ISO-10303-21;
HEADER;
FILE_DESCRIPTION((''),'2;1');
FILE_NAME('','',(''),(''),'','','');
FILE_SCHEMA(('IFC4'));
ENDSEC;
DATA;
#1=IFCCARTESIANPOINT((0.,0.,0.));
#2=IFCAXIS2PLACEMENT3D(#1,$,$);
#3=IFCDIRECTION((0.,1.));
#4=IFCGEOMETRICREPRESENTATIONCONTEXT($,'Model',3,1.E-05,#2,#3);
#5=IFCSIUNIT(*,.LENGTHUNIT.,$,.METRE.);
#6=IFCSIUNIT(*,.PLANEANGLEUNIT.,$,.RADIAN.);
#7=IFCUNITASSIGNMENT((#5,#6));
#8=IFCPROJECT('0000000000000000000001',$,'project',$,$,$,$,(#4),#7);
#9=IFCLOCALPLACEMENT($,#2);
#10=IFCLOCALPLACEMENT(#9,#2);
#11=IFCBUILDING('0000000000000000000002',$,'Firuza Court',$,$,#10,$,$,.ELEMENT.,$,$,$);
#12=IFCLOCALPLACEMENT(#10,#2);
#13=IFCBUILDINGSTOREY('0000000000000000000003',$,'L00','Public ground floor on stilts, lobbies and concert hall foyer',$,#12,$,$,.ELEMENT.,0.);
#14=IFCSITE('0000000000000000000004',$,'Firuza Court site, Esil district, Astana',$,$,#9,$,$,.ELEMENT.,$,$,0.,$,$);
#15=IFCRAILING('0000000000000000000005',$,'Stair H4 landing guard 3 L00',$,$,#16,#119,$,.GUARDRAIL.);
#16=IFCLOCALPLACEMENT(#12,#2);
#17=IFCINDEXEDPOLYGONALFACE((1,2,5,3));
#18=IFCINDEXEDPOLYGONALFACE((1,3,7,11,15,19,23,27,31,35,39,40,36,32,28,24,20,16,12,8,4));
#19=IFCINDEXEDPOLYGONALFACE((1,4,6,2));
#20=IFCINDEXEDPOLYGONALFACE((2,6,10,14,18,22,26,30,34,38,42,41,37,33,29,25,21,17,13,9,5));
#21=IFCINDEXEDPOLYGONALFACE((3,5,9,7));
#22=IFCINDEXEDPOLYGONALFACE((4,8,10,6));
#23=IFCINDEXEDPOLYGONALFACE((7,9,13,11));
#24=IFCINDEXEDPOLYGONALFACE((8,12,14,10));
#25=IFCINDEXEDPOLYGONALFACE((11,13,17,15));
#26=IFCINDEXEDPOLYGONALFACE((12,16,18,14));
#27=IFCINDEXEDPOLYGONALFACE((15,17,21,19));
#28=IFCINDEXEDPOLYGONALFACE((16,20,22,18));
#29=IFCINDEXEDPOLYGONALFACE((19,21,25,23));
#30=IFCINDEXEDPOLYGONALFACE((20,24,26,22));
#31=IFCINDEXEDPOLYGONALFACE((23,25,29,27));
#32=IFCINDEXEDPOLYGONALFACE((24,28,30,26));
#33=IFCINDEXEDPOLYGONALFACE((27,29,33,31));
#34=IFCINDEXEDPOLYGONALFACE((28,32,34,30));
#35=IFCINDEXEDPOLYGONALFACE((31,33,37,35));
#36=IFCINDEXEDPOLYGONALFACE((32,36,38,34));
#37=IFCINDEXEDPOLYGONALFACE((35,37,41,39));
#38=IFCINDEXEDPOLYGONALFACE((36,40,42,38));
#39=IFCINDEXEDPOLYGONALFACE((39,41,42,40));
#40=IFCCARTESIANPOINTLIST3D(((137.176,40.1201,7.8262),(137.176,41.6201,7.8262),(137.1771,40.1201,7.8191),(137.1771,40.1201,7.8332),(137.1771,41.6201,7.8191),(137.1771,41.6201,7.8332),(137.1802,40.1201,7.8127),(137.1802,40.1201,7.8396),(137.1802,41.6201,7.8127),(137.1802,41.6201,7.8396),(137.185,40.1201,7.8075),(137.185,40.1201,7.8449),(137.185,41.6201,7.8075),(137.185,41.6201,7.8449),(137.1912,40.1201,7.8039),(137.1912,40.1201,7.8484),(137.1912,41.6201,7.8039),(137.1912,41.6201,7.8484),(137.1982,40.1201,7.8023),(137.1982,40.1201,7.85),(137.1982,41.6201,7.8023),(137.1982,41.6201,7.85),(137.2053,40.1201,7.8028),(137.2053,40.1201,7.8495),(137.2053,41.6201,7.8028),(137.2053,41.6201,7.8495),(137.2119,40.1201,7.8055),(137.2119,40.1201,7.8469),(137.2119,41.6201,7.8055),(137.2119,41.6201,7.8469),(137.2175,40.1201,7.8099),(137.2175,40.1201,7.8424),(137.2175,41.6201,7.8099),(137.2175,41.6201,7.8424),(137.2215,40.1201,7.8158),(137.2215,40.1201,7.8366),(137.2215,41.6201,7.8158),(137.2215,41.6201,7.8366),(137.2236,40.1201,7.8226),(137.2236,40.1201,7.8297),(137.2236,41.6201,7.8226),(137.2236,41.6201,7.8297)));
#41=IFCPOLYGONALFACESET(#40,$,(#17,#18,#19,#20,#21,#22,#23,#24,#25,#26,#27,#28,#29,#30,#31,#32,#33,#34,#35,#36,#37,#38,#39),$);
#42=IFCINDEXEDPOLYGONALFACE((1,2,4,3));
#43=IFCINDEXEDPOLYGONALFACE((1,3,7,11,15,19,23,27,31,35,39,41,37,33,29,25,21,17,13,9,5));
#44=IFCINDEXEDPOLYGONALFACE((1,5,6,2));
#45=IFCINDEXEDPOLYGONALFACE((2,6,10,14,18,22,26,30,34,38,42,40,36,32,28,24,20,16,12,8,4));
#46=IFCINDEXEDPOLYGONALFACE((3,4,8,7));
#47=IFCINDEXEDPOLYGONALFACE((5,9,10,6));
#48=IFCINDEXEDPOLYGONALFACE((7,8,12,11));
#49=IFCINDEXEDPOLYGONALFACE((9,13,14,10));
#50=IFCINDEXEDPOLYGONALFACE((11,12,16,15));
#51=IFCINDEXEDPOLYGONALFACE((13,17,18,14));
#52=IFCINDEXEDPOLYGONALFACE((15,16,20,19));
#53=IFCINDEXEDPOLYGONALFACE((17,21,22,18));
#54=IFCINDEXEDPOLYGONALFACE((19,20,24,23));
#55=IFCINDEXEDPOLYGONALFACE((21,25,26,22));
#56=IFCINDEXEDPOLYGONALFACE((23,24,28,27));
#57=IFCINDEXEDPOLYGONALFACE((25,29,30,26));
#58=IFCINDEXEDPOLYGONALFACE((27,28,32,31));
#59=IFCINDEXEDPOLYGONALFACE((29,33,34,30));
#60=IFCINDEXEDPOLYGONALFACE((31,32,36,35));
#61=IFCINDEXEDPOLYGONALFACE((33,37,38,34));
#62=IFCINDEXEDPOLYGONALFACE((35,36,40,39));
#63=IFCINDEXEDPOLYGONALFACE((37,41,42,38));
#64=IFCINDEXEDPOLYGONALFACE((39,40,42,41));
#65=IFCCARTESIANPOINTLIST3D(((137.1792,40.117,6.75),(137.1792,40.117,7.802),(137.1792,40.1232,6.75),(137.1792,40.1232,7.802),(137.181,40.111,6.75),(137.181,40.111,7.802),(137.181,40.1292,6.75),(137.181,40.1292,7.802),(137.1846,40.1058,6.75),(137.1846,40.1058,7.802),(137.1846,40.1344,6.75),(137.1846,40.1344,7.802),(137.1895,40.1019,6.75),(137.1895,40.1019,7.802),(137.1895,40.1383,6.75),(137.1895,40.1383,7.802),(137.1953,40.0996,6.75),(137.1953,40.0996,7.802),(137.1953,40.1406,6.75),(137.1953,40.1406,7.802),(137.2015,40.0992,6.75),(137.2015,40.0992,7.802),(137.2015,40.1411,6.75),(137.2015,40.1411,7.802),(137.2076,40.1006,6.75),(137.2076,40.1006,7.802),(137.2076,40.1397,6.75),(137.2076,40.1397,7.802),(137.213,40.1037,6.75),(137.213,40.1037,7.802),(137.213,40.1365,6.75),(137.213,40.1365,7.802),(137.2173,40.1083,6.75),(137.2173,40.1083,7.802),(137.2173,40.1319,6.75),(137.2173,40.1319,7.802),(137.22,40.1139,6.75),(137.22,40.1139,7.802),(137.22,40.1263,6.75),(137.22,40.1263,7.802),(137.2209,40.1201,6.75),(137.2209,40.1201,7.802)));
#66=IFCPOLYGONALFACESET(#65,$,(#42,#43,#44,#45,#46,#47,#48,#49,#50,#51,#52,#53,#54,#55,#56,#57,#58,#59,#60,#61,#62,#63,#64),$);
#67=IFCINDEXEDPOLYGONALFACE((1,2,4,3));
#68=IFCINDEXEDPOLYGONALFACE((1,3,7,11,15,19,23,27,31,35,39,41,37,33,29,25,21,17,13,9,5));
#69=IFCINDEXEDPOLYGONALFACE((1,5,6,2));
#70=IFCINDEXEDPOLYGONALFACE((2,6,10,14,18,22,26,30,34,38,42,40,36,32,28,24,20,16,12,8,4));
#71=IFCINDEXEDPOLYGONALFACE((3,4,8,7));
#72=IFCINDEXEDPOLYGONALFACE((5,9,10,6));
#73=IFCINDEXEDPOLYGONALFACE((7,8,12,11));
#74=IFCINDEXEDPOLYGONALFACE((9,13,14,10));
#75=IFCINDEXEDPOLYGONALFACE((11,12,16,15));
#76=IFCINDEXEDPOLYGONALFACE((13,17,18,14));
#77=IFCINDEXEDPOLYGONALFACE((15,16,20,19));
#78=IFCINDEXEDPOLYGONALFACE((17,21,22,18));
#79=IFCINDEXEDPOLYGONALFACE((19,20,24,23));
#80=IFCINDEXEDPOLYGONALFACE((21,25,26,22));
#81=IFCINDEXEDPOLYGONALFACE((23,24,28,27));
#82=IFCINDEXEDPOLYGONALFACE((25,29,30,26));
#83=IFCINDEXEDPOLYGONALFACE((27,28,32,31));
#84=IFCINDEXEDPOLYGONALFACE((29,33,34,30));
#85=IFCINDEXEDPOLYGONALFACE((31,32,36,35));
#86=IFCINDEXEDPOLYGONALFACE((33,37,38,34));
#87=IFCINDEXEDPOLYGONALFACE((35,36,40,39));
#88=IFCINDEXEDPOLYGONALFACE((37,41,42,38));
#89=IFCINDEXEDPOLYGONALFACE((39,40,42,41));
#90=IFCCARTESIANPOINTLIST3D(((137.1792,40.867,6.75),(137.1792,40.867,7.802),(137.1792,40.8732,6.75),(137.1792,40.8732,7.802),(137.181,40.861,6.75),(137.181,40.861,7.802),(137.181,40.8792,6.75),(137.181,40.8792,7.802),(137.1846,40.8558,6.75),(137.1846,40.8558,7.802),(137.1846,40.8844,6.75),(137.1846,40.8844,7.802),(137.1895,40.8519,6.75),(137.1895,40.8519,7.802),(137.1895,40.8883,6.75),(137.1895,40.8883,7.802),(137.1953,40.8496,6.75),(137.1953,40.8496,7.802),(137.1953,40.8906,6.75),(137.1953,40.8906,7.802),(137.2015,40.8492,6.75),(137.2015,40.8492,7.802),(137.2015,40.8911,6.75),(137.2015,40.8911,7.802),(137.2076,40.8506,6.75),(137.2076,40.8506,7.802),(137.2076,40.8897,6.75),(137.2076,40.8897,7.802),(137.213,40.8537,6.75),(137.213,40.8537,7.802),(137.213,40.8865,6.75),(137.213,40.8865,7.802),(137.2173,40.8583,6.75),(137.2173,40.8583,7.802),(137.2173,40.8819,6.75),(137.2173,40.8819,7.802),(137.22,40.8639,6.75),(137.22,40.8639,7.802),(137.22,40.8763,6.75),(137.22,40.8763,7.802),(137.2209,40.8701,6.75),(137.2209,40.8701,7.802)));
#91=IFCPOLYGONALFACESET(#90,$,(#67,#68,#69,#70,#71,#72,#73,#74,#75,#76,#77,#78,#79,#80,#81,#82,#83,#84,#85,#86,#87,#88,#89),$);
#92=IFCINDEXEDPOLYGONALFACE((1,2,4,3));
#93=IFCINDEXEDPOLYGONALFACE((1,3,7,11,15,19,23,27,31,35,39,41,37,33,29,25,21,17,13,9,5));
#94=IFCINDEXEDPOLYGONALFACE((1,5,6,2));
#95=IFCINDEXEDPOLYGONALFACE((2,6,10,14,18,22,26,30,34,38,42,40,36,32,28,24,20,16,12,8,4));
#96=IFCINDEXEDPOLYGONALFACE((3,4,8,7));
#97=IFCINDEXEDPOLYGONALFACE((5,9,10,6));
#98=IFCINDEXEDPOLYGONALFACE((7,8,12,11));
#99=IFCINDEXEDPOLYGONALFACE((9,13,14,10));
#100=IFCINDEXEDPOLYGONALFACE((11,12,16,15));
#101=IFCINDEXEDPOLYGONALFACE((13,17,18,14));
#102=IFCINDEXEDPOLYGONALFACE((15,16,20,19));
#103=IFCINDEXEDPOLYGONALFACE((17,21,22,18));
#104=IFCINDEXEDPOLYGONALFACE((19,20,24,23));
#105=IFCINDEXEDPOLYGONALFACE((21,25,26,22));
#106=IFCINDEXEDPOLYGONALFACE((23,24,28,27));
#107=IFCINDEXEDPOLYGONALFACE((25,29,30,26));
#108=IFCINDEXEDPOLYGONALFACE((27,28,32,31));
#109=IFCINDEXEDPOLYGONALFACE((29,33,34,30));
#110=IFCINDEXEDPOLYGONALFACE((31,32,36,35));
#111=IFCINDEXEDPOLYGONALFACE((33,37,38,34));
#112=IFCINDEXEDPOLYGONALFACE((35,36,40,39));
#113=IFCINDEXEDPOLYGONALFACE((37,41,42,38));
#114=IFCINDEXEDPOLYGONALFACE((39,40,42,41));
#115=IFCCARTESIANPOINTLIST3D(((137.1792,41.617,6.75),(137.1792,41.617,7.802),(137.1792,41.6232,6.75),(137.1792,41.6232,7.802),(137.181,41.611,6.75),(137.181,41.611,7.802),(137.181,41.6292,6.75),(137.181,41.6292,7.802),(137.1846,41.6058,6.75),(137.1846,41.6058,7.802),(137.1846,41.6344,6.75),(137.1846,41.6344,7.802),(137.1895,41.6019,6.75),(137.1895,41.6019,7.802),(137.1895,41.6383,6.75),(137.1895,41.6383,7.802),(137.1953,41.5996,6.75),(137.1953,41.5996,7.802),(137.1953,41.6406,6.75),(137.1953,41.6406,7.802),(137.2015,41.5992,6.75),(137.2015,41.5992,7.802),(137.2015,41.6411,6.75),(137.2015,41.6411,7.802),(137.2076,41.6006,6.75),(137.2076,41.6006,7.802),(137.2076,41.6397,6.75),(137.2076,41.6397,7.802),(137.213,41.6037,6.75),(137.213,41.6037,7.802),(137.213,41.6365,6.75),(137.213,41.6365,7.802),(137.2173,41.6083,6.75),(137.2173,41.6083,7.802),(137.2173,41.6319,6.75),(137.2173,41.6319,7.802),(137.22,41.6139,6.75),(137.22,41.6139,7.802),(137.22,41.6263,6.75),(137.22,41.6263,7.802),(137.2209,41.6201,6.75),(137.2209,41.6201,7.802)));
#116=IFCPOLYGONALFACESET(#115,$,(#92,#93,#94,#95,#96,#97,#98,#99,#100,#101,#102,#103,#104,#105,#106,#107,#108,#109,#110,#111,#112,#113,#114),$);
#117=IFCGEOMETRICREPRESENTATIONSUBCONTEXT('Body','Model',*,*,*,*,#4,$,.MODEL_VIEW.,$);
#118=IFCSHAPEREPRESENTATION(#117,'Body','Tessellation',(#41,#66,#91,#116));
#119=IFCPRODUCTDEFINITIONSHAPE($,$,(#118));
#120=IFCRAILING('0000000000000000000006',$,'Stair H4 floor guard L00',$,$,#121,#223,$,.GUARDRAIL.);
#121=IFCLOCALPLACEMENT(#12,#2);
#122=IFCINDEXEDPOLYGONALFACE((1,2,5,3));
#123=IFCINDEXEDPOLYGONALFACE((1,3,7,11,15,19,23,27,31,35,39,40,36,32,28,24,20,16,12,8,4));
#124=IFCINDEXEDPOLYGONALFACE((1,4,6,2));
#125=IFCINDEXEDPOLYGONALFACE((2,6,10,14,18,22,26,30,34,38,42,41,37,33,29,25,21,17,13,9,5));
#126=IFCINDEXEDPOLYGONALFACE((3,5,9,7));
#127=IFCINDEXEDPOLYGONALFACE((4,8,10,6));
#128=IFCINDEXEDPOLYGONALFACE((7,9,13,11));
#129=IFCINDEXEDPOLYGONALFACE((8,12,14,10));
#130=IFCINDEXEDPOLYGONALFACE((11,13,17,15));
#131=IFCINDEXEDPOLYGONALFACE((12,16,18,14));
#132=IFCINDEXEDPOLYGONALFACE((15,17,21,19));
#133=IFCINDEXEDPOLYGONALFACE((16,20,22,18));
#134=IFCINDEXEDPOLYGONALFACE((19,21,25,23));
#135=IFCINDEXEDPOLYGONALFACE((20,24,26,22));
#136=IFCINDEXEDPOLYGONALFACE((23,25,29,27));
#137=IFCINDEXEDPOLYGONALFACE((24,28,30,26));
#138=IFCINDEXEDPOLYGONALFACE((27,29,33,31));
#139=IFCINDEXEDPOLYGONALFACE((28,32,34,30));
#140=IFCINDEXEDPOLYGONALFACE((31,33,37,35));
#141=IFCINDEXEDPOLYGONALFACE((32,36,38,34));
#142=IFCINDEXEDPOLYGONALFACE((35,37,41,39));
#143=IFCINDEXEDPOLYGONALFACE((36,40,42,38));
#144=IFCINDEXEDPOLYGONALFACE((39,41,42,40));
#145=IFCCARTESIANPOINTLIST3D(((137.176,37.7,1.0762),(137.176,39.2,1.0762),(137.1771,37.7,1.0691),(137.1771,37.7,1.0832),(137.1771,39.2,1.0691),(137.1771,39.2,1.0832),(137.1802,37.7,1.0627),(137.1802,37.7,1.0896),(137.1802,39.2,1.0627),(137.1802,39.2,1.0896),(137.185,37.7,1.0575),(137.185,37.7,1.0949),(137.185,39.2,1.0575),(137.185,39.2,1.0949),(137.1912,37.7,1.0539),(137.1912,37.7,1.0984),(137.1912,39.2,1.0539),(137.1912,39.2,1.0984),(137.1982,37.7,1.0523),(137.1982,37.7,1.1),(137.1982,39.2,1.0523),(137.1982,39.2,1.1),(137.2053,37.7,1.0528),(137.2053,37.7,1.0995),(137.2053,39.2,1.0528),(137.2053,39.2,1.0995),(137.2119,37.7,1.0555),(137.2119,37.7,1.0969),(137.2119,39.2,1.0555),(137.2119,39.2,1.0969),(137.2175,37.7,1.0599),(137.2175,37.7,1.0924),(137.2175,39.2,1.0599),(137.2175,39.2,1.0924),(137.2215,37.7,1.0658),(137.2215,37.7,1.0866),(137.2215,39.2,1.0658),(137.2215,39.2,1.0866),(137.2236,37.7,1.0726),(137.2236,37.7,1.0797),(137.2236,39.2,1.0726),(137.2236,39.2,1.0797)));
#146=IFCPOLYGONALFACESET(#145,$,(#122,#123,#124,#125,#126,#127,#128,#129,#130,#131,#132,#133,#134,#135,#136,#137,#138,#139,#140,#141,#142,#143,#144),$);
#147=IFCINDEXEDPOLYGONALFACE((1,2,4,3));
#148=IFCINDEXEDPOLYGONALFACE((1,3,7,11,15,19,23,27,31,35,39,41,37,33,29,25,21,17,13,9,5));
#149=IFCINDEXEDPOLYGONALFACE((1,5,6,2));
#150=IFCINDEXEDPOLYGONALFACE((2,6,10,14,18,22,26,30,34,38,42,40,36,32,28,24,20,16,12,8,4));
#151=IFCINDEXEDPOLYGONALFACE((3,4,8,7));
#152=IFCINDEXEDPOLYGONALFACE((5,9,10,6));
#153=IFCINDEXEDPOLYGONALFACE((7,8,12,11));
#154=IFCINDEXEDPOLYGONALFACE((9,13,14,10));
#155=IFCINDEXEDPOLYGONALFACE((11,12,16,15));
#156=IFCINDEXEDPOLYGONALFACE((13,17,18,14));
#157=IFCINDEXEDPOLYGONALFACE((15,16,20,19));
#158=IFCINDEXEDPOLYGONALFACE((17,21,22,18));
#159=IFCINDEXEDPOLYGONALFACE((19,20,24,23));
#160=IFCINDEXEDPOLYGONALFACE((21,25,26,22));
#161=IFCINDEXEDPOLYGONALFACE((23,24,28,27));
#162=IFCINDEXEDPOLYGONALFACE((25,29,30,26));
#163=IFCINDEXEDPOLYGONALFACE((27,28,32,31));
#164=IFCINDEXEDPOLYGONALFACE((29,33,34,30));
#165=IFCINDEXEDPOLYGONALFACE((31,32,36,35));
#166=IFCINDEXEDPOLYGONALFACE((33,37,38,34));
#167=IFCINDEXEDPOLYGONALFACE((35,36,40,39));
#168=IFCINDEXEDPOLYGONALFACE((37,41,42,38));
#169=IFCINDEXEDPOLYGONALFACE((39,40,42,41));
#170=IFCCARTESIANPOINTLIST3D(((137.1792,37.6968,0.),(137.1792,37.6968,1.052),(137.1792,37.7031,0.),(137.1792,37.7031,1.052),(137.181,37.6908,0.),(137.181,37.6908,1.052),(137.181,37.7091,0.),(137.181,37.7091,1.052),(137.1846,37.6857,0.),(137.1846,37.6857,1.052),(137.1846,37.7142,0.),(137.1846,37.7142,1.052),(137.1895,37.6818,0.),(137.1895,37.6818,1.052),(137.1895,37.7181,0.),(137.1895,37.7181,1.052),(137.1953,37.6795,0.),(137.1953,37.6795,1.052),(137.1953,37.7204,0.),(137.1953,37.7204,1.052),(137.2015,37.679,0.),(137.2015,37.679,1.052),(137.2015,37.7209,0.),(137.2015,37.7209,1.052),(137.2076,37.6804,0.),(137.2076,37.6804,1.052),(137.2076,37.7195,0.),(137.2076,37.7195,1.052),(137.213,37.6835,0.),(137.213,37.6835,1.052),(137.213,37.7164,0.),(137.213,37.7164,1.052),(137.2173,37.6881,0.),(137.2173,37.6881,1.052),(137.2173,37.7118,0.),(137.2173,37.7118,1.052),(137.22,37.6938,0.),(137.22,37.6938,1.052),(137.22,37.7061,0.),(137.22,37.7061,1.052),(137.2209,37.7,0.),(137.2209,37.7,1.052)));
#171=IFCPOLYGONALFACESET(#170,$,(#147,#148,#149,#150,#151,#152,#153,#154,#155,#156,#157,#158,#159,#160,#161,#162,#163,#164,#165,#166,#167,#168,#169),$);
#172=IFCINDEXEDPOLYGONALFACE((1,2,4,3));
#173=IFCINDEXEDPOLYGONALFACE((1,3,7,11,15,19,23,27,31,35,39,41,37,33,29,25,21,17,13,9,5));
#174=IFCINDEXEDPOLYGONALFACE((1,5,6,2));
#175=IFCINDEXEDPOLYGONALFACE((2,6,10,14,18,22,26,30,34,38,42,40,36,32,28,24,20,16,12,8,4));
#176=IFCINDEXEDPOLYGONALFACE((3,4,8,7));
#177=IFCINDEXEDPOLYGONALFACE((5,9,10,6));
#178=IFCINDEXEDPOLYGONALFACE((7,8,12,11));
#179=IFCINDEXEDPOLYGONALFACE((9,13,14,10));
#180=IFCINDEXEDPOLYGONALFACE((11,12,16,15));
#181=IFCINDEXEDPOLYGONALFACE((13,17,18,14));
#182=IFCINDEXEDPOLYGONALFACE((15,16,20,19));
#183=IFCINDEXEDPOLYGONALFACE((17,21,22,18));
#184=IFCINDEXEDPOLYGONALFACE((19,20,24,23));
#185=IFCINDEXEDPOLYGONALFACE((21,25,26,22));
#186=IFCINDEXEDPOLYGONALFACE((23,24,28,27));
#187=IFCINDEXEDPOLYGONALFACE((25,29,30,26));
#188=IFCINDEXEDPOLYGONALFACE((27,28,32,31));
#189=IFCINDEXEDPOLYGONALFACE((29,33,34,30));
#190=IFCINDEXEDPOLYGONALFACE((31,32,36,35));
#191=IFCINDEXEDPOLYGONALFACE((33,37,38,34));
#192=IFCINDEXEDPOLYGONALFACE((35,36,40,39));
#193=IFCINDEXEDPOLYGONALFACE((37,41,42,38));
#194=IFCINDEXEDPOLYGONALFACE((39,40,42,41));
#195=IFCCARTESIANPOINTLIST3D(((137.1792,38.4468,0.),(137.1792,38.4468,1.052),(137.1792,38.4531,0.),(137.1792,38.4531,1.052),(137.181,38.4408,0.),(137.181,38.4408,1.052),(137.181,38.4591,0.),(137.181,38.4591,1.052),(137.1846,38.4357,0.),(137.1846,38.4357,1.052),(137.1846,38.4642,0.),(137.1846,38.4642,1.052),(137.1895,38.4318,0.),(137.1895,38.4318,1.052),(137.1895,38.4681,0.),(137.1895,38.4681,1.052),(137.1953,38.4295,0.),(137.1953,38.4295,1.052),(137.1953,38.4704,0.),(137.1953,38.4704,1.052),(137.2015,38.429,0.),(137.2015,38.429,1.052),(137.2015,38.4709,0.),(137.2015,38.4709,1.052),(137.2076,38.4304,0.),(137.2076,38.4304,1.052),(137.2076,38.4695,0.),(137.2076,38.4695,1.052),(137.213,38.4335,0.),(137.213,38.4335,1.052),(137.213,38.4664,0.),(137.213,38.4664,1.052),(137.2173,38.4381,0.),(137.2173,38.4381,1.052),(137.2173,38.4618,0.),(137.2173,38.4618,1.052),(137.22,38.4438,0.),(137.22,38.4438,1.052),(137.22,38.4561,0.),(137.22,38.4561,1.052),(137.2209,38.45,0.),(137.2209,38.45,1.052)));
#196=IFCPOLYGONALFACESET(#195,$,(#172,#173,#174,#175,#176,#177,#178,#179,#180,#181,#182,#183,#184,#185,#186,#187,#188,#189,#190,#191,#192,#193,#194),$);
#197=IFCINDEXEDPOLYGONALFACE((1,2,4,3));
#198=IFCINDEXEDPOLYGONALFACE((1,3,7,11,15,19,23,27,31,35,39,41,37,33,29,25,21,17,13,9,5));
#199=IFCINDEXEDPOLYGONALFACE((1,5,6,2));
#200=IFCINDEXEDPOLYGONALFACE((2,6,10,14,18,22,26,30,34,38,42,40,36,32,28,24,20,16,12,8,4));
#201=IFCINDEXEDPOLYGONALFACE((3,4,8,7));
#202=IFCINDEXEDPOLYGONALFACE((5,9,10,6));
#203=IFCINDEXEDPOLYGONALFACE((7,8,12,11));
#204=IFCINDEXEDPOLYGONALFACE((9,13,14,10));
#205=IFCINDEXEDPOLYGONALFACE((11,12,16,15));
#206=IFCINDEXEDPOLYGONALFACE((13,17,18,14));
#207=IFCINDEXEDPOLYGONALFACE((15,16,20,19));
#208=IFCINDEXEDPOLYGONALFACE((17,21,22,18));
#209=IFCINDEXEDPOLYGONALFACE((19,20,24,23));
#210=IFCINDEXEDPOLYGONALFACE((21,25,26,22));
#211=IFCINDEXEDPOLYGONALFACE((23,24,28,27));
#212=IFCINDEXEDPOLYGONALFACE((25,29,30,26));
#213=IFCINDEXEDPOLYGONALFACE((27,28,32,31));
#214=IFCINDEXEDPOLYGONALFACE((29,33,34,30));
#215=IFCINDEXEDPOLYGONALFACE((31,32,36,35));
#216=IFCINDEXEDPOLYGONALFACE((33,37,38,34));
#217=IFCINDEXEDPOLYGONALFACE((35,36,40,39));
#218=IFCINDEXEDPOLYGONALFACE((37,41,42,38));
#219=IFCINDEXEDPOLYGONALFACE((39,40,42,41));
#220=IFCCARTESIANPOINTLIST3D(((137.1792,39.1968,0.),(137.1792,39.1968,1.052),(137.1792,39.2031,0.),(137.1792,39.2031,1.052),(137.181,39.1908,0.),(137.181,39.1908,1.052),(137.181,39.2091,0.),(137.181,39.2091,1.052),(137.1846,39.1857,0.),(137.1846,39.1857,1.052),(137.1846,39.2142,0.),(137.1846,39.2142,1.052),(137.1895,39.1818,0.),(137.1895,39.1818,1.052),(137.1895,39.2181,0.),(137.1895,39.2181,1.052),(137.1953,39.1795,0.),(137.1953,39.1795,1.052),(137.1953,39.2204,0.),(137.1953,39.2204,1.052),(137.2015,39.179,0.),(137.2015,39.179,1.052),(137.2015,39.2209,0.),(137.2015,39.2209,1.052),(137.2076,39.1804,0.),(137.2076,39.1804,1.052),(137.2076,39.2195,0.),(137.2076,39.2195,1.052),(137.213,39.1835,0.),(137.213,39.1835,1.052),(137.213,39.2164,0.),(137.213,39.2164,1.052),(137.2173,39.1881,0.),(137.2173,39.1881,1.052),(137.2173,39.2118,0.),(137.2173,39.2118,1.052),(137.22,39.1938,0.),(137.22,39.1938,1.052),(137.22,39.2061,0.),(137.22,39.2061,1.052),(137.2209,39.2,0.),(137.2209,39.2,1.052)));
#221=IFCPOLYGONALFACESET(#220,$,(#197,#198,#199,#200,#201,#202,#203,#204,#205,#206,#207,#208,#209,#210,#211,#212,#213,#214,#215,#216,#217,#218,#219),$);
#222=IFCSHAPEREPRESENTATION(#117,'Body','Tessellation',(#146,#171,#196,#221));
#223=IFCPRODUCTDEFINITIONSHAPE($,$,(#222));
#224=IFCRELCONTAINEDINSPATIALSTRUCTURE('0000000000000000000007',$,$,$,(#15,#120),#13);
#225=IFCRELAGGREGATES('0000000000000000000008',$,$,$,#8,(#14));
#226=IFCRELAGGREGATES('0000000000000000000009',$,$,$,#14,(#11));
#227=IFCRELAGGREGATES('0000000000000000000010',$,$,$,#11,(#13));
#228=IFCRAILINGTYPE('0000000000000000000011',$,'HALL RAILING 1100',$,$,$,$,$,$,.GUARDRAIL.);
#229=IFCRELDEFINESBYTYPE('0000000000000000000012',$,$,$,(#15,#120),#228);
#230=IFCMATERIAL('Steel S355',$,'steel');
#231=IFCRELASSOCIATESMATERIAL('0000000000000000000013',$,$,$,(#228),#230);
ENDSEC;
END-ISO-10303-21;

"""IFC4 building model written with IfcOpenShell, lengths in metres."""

from ifc_helpers import new_model, si_unit, direction, frame, origin, origin_2d, place, context, subcontext, project, spatial, circle, extrude, material, type_object, element, save


model = new_model("IFC4")

# Units and contexts
model_context = context("Model", 3, precision=1e-05, world=origin(), true_north=direction((0.0, 1.0)))
body_context = subcontext(model_context, "Body", "Model", "MODEL_VIEW")
ifc_project = project(units=[si_unit("LENGTHUNIT", "METRE"), si_unit("PLANEANGLEUNIT", "RADIAN")], contexts=[model_context])

# Site, building, storey
site_placement = place(None, origin())
site = spatial("IfcSite", under=ifc_project, at=site_placement, Name="Firuza Court site, Esil district, Astana", CompositionType="ELEMENT", RefElevation=0.0)
building_placement = place(site_placement, origin())
building = spatial("IfcBuilding", under=site, at=building_placement, Name="Firuza Court", CompositionType="ELEMENT")
storey_placement = place(building_placement, origin())
storey = spatial("IfcBuildingStorey", under=building, at=storey_placement, Name="L00", Description="Public ground floor on stilts, lobbies and concert hall foyer", CompositionType="ELEMENT", Elevation=0.0)

# Railings
ifc_material_1 = material(Name="Steel S355", Category="steel")
railing_type_1 = type_object("IfcRailingType", Name="HALL RAILING 1100", PredefinedType="GUARDRAIL", material=ifc_material_1)
for number, where, name in (
    (1, (137.2, 40.1201, 6.75), "Stair H4 landing guard 3 L00"),
    (2, (137.2, 37.7, 0.0), "Stair H4 floor guard L00"),
):
    element("IfcRailing", number, at=place(storey_placement, frame(where)), inside=storey, type_object=railing_type_1, Name=name, PredefinedType="GUARDRAIL", context=body_context, shape_type="SweptSolid", body=[
        extrude(circle(Radius=0.0239, at=origin_2d()), frame((0.0, 0.0, 1.0762), z_axis=(0.0, 1.0, 0.0), x_axis=(-1.0, 0.0, 0.0)), (0.0, 0.0, 1.0), 1.5),
        extrude(circle(Radius=0.021, at=origin_2d()), origin(), (0.0, 0.0, 1.0), 1.052),
        extrude(circle(Radius=0.021, at=origin_2d()), frame((0.0, 0.75, 0.0)), (0.0, 0.0, 1.0), 1.052),
        extrude(circle(Radius=0.021, at=origin_2d()), frame((0.0, 1.5, 0.0)), (0.0, 0.0, 1.0), 1.052),
    ])

save(model, "model.ifc")
